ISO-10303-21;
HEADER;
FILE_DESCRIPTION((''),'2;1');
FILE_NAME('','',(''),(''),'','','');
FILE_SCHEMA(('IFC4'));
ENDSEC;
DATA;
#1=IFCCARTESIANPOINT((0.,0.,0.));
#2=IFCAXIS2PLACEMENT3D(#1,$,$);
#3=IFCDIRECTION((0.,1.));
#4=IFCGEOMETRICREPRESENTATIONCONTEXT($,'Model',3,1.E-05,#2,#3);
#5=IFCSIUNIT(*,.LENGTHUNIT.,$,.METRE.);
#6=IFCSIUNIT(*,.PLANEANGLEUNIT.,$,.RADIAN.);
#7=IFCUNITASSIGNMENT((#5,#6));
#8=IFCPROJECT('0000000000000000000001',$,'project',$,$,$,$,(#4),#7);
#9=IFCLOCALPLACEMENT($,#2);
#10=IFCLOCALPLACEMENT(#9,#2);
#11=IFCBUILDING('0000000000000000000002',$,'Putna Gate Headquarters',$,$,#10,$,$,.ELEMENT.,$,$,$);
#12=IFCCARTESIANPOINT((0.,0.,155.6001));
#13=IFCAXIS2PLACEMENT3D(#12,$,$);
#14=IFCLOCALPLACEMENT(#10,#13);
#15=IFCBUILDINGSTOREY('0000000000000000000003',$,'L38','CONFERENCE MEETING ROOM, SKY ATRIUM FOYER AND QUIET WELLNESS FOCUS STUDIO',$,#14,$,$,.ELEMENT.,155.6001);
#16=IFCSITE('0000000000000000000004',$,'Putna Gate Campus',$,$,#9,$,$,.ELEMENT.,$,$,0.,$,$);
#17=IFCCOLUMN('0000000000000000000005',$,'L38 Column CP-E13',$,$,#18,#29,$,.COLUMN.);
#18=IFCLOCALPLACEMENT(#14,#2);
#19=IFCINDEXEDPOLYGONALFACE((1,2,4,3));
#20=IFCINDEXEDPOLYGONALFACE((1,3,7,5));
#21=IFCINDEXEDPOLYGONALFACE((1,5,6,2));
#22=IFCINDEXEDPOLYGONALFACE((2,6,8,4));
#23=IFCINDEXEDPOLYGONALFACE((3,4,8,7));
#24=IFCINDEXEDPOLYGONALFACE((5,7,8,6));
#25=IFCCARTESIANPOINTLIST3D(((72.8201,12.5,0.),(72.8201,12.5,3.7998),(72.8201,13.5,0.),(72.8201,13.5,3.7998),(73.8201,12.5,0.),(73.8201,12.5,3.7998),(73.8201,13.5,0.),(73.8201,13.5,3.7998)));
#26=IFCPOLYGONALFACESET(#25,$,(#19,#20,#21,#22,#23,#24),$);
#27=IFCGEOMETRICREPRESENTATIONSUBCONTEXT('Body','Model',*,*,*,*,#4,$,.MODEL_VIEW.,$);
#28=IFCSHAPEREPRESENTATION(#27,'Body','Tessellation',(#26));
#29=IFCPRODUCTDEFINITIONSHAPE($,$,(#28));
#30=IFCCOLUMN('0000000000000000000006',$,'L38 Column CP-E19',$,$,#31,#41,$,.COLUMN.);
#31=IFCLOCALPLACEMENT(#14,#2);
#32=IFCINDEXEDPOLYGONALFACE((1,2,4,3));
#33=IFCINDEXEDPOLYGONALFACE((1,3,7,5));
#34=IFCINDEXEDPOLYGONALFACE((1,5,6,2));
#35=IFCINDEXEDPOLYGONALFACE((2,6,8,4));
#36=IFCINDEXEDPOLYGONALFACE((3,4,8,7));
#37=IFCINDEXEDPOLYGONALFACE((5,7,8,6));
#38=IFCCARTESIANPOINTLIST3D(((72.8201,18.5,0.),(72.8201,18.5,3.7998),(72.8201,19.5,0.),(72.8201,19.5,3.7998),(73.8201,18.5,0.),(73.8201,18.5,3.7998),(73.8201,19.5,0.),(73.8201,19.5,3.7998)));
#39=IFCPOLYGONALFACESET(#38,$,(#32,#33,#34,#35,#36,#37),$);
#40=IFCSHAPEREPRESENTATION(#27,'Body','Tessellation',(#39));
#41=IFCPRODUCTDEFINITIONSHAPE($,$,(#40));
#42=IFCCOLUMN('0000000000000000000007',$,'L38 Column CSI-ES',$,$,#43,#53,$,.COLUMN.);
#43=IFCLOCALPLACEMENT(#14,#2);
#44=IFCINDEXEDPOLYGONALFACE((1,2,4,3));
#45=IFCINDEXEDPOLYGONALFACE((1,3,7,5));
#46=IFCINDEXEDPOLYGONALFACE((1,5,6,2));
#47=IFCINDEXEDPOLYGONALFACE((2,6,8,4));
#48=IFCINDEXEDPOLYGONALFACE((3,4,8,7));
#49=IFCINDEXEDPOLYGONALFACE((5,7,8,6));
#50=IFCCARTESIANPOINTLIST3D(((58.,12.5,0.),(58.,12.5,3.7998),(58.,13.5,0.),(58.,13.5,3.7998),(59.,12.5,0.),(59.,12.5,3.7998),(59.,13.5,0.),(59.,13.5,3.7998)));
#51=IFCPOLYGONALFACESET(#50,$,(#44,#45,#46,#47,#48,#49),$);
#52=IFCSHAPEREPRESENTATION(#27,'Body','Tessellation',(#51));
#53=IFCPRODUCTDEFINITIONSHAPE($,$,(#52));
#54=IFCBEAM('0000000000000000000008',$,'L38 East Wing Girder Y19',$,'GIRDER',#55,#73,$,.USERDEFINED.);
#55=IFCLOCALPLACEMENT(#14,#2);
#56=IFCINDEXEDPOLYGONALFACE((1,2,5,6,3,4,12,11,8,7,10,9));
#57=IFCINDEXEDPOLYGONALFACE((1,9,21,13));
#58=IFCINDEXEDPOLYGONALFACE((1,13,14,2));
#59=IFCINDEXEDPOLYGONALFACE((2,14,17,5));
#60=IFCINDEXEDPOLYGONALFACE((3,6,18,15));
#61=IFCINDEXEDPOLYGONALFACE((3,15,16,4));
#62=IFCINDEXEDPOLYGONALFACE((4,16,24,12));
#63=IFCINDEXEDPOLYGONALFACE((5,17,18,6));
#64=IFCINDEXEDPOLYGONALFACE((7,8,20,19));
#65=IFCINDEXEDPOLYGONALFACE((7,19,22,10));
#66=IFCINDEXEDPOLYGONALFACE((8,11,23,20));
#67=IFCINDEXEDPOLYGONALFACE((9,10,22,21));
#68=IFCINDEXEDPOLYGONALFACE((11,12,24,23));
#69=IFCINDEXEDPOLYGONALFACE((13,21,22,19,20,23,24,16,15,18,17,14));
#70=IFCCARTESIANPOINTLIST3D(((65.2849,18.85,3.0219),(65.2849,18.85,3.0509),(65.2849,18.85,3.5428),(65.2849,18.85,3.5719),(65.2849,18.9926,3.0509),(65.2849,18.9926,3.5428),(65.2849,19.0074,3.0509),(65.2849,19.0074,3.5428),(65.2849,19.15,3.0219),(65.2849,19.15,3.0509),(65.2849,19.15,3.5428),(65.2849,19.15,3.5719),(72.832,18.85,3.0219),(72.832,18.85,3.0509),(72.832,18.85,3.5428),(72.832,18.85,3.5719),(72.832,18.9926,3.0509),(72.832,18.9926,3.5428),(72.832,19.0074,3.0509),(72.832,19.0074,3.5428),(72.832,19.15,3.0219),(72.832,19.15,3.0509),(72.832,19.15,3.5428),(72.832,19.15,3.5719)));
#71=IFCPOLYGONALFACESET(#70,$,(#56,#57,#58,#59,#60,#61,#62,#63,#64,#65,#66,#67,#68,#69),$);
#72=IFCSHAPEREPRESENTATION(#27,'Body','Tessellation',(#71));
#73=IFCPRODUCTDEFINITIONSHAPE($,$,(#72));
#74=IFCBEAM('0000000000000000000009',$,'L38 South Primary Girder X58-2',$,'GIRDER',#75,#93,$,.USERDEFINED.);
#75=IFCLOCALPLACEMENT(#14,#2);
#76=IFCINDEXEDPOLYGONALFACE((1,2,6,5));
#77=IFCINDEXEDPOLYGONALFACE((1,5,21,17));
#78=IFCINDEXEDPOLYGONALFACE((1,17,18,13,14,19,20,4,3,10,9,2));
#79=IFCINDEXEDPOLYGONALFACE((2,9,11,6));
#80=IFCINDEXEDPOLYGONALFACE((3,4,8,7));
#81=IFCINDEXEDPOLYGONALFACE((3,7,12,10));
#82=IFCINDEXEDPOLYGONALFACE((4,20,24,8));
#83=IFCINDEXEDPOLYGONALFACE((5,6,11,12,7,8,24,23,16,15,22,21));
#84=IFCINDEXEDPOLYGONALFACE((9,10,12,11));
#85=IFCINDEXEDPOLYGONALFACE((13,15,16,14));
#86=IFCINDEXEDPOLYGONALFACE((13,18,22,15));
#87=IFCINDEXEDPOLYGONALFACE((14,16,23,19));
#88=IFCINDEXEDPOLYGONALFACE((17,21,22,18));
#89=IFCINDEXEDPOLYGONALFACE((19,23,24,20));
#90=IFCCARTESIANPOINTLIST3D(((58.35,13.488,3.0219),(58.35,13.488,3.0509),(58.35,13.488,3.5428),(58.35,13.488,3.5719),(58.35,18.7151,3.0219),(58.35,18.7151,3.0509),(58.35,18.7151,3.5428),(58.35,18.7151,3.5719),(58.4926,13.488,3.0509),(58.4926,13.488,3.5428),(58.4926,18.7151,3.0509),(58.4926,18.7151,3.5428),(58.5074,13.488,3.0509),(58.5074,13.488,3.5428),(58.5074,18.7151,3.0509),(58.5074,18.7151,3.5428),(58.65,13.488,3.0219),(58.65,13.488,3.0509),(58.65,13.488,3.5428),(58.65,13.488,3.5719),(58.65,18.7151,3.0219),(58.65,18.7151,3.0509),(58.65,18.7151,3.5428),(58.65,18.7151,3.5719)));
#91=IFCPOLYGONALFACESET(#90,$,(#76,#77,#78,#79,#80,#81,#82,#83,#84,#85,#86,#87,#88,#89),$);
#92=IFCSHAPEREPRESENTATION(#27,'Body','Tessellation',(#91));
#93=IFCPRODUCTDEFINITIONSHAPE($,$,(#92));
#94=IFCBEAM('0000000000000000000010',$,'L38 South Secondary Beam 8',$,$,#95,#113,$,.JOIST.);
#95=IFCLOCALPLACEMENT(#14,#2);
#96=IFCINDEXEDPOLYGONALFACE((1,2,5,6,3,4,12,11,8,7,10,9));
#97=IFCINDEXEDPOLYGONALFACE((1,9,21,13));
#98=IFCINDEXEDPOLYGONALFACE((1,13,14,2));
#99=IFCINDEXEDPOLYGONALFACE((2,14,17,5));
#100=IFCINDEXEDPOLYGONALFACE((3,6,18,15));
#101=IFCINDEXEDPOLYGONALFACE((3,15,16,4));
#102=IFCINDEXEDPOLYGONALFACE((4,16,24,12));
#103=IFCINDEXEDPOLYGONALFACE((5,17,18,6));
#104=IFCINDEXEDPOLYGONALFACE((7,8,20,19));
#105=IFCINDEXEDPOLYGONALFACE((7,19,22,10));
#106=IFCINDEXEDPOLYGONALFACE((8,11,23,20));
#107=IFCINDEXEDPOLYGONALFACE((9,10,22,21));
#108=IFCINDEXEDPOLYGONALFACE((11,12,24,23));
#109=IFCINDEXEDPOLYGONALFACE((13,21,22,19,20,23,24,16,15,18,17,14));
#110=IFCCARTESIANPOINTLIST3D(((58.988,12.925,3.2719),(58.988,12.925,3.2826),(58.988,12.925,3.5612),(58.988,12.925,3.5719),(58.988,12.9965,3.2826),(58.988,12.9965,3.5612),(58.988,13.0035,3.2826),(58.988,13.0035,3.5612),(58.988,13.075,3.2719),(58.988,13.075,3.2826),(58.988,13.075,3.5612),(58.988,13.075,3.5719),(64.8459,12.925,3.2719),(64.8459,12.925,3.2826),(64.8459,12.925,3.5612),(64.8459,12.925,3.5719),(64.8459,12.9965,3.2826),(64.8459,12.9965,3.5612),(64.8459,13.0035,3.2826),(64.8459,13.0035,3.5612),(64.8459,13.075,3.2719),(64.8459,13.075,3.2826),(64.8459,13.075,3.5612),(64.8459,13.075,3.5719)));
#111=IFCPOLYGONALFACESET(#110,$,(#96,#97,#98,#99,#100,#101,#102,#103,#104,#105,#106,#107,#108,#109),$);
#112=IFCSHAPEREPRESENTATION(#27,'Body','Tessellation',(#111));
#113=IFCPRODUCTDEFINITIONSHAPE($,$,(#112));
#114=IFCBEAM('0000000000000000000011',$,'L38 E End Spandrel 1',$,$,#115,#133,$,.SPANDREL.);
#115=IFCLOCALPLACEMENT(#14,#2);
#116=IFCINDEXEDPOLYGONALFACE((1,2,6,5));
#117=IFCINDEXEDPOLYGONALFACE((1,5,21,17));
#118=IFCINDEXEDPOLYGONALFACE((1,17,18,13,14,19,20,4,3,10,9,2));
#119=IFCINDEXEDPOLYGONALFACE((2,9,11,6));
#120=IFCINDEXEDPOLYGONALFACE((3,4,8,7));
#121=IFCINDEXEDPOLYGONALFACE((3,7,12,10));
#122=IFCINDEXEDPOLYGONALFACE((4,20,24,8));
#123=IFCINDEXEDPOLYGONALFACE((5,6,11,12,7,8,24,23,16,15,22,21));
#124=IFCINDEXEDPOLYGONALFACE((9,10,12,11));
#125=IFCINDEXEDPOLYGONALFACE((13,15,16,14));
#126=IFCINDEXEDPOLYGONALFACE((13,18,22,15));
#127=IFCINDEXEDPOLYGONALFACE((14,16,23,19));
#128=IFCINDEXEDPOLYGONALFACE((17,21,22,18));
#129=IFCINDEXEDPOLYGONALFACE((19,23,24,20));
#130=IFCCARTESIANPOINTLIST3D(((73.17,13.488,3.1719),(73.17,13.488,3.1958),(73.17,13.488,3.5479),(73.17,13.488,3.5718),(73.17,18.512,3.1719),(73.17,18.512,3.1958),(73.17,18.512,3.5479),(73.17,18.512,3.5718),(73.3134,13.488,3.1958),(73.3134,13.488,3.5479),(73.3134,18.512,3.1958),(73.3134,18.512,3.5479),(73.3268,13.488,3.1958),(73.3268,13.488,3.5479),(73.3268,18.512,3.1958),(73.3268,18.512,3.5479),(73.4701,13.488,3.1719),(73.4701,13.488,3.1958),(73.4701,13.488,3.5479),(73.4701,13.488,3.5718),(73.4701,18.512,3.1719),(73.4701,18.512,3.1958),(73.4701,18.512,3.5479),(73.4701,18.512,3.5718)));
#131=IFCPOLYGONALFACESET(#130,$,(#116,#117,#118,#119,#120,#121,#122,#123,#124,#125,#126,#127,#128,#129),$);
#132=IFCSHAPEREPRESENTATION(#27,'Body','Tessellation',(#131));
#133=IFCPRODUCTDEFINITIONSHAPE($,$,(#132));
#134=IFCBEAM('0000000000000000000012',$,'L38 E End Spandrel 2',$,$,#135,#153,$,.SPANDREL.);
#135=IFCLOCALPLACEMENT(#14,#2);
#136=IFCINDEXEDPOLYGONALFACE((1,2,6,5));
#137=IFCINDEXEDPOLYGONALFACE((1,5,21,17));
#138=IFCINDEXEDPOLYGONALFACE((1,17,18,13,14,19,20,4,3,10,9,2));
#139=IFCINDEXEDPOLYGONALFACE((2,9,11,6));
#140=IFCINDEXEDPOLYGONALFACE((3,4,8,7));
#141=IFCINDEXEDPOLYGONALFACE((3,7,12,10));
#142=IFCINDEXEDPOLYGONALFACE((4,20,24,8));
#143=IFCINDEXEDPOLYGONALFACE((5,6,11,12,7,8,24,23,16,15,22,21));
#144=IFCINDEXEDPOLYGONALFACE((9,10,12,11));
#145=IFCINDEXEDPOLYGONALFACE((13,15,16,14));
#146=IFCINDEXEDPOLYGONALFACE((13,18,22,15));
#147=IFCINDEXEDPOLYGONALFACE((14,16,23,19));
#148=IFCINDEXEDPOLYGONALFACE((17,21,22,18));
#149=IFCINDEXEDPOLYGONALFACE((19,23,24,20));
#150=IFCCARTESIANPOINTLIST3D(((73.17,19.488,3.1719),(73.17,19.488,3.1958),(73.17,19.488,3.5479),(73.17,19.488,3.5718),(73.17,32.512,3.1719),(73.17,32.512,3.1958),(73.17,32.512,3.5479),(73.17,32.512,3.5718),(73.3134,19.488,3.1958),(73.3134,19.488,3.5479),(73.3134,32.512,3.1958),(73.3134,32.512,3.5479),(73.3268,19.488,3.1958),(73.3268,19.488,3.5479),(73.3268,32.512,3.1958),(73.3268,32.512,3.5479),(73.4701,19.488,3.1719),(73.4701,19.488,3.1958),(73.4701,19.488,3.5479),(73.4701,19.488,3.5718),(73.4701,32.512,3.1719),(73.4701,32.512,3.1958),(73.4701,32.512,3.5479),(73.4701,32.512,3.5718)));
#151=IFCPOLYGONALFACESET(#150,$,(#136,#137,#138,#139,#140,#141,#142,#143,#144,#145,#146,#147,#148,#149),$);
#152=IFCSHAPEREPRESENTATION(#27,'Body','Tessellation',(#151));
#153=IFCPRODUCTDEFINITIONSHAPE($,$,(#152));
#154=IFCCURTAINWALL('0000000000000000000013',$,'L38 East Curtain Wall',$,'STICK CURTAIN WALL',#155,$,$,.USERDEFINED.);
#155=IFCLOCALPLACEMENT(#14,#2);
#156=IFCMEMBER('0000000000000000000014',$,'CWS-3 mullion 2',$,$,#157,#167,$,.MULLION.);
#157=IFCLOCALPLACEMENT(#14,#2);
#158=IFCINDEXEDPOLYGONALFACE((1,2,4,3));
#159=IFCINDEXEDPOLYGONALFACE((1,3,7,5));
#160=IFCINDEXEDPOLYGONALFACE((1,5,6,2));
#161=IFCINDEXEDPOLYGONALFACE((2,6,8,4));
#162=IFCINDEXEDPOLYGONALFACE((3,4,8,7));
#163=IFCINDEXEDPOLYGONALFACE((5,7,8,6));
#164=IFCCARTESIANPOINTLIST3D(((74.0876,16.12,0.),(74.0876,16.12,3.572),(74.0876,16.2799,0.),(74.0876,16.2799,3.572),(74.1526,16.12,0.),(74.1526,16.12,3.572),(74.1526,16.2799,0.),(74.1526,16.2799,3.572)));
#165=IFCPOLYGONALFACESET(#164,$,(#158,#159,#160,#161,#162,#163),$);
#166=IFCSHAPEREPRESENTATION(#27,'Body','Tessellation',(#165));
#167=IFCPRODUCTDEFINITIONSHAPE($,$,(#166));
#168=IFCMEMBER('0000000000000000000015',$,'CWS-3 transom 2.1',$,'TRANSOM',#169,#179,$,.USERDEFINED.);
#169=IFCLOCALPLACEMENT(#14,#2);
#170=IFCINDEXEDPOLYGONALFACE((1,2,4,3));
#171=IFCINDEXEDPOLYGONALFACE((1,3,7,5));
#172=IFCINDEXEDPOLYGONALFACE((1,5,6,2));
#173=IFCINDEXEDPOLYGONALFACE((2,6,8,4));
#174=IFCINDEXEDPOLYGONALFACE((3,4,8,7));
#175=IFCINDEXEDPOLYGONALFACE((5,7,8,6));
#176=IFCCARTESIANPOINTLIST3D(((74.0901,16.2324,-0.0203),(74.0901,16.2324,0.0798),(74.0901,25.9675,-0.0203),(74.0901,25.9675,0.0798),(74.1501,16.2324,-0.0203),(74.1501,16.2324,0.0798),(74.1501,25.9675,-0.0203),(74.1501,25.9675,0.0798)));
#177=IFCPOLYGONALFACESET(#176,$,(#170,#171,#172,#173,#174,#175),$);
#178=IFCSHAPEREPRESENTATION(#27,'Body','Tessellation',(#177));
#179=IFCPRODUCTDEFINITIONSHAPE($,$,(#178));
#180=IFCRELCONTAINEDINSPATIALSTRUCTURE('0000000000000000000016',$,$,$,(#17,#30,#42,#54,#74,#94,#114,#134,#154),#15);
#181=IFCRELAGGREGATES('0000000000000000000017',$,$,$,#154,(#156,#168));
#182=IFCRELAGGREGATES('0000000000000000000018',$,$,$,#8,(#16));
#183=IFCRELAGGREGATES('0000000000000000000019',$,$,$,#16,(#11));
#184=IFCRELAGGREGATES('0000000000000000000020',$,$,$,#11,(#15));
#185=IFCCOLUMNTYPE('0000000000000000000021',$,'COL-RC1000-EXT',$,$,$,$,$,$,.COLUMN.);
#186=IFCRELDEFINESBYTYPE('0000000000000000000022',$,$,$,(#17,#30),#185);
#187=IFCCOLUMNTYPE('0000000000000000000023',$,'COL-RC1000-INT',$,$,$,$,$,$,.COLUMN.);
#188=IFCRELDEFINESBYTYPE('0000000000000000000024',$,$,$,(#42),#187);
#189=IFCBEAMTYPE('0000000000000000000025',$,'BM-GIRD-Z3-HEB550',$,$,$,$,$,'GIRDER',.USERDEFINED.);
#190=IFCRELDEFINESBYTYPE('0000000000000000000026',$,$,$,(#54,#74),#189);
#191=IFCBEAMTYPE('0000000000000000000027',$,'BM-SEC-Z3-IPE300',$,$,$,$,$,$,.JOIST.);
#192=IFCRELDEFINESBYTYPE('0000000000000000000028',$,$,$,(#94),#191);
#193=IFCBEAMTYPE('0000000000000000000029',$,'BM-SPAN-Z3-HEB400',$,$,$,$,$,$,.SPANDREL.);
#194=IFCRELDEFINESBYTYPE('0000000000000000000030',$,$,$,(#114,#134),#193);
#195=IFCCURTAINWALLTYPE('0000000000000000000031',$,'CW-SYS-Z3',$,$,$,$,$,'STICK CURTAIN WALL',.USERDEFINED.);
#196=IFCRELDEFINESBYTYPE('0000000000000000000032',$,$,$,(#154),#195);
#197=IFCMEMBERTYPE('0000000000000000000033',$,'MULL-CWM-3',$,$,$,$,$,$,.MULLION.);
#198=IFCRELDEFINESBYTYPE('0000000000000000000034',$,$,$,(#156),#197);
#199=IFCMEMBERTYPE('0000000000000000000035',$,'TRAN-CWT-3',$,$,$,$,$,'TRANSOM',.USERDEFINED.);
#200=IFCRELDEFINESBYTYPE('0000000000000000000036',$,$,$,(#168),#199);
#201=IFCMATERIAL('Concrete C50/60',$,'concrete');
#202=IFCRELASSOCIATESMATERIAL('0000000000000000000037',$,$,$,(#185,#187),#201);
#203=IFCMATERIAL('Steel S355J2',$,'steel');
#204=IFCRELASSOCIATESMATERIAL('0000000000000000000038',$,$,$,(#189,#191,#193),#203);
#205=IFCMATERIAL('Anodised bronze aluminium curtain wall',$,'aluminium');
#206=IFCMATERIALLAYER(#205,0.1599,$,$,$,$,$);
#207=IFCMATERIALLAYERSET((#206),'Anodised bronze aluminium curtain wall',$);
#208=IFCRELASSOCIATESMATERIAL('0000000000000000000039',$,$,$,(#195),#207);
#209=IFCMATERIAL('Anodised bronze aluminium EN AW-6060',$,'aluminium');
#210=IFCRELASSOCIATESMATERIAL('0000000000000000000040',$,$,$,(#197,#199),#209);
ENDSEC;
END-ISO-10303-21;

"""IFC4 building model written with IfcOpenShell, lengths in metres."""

from ifc_helpers import new_model, si_unit, direction, frame, origin, origin_2d, place, context, subcontext, project, spatial, rectangle, i_section, extrude, material, layer, layer_set, material_profile, profile_set, type_object, element, aggregate, save


model = new_model("IFC4")

# Units and contexts
model_context = context("Model", 3, precision=1e-05, world=origin(), true_north=direction((0.0, 1.0)))
body_context = subcontext(model_context, "Body", "Model", "MODEL_VIEW")
ifc_project = project(units=[si_unit("LENGTHUNIT", "METRE"), si_unit("PLANEANGLEUNIT", "RADIAN")], contexts=[model_context])

# Site, building, storey
site_placement = place(None, origin())
site = spatial("IfcSite", under=ifc_project, at=site_placement, Name="Putna Gate Campus", CompositionType="ELEMENT", RefElevation=0.0)
building_placement = place(site_placement, origin())
building = spatial("IfcBuilding", under=site, at=building_placement, Name="Putna Gate Headquarters", CompositionType="ELEMENT")
storey_placement = place(building_placement, frame((0.0, 0.0, 155.6001)))
storey = spatial("IfcBuildingStorey", under=building, at=storey_placement, Name="L38", Description="CONFERENCE MEETING ROOM, SKY ATRIUM FOYER AND QUIET WELLNESS FOCUS STUDIO", CompositionType="ELEMENT", Elevation=155.6001)

# Columns
ifc_material_1 = material(Name="Concrete C50/60", Category="concrete")
ifc_material_profile_1 = material_profile(ifc_material_1, rectangle(XDim=1.0, YDim=1.0, at=origin_2d()), Name="Concrete C50/60")
ifc_profile_set_1 = profile_set([ifc_material_profile_1], Name="Concrete C50/60")
column_type_1 = type_object("IfcColumnType", Name="COL-RC1000-EXT", PredefinedType="COLUMN", material=ifc_profile_set_1)
for number, where, z_axis, x_axis, name in (
    (1, (73.3201, 13.0, 0.0), (0.0, 0.0, 1.0), (1.0, 0.0, 0.0), "L38 Column CP-E13"),
    (2, (73.3201, 19.0, 0.0), (0.0, 0.0, 1.0), (1.0, 0.0, 0.0), "L38 Column CP-E19"),
):
    element("IfcColumn", number, at=place(storey_placement, frame(where, z_axis=z_axis, x_axis=x_axis)), inside=storey, type_object=column_type_1, Name=name, PredefinedType="COLUMN", context=body_context, shape_type="SweptSolid", body=[
        extrude(rectangle(XDim=1.0, YDim=1.0, at=origin_2d()), origin(), (0.0, 0.0, 1.0), 3.7998),
    ])
ifc_material_profile_2 = material_profile(ifc_material_1, rectangle(XDim=1.0, YDim=1.0, at=origin_2d()), Name="Concrete C50/60")
ifc_profile_set_2 = profile_set([ifc_material_profile_2], Name="Concrete C50/60")
column_type_2 = type_object("IfcColumnType", Name="COL-RC1000-INT", PredefinedType="COLUMN", material=ifc_profile_set_2)
column_placement = place(storey_placement, frame((58.5, 13.0, 0.0), z_axis=(0.0, 0.0, 1.0), x_axis=(1.0, 0.0, 0.0)))
element("IfcColumn", 3, at=column_placement, inside=storey, type_object=column_type_2, Name="L38 Column CSI-ES", PredefinedType="COLUMN", context=body_context, shape_type="SweptSolid", body=[
    extrude(rectangle(XDim=1.0, YDim=1.0, at=origin_2d()), origin(), (0.0, 0.0, 1.0), 3.7998),
])

# Beams
ifc_material_2 = material(Name="Steel S355J2", Category="steel")
ifc_material_profile_3 = material_profile(ifc_material_2, i_section(OverallWidth=0.3, OverallDepth=0.55, WebThickness=0.0149, FlangeThickness=0.0291, at=origin_2d()), Name="Steel S355J2")
ifc_profile_set_3 = profile_set([ifc_material_profile_3], Name="Steel S355J2")
beam_type_1 = type_object("IfcBeamType", Name="BM-GIRD-Z3-HEB550", ElementType="GIRDER", PredefinedType="USERDEFINED", material=ifc_profile_set_3)
beam_1_placement = place(storey_placement, frame((65.2849, 19.0, 3.2969), z_axis=(1.0, 0.0, 0.0), x_axis=(0.0, 1.0, 0.0)))
element("IfcBeam", 4, at=beam_1_placement, inside=storey, type_object=beam_type_1, Name="L38 East Wing Girder Y19", ObjectType="GIRDER", PredefinedType="USERDEFINED", context=body_context, shape_type="SweptSolid", body=[
    extrude(i_section(OverallWidth=0.3, OverallDepth=0.55, WebThickness=0.0149, FlangeThickness=0.0291, at=origin_2d()), origin(), (0.0, 0.0, 1.0), 7.5471),
])
beam_2_placement = place(storey_placement, frame((58.5, 13.488, 3.2969), z_axis=(0.0, 1.0, 0.0), x_axis=(-1.0, 0.0, 0.0)))
element("IfcBeam", 5, at=beam_2_placement, inside=storey, type_object=beam_type_1, Name="L38 South Primary Girder X58-2", ObjectType="GIRDER", PredefinedType="USERDEFINED", context=body_context, shape_type="SweptSolid", body=[
    extrude(i_section(OverallWidth=0.3, OverallDepth=0.55, WebThickness=0.0149, FlangeThickness=0.0291, at=origin_2d()), origin(), (0.0, 0.0, 1.0), 5.2271),
])
ifc_material_profile_4 = material_profile(ifc_material_2, i_section(OverallWidth=0.1499, OverallDepth=0.3, WebThickness=0.0071, FlangeThickness=0.0107, at=origin_2d()), Name="Steel S355J2")
ifc_profile_set_4 = profile_set([ifc_material_profile_4], Name="Steel S355J2")
beam_type_2 = type_object("IfcBeamType", Name="BM-SEC-Z3-IPE300", PredefinedType="JOIST", material=ifc_profile_set_4)
beam_3_placement = place(storey_placement, frame((58.988, 13.0, 3.4219), z_axis=(1.0, 0.0, 0.0), x_axis=(0.0, 1.0, 0.0)))
element("IfcBeam", 6, at=beam_3_placement, inside=storey, type_object=beam_type_2, Name="L38 South Secondary Beam 8", PredefinedType="JOIST", context=body_context, shape_type="SweptSolid", body=[
    extrude(i_section(OverallWidth=0.1499, OverallDepth=0.3, WebThickness=0.0071, FlangeThickness=0.0107, at=origin_2d()), origin(), (0.0, 0.0, 1.0), 5.8579),
])
ifc_material_profile_5 = material_profile(ifc_material_2, i_section(OverallWidth=0.3, OverallDepth=0.3999, WebThickness=0.0134, FlangeThickness=0.0239, at=origin_2d()), Name="Steel S355J2")
ifc_profile_set_5 = profile_set([ifc_material_profile_5], Name="Steel S355J2")
beam_type_3 = type_object("IfcBeamType", Name="BM-SPAN-Z3-HEB400", PredefinedType="SPANDREL", material=ifc_profile_set_5)
beam_4_placement = place(storey_placement, frame((73.3201, 13.488, 3.3718), z_axis=(0.0, 1.0, 0.0), x_axis=(-1.0, 0.0, 0.0)))
element("IfcBeam", 7, at=beam_4_placement, inside=storey, type_object=beam_type_3, Name="L38 E End Spandrel 1", PredefinedType="SPANDREL", context=body_context, shape_type="SweptSolid", body=[
    extrude(i_section(OverallWidth=0.3, OverallDepth=0.3999, WebThickness=0.0134, FlangeThickness=0.0239, at=origin_2d()), origin(), (0.0, 0.0, 1.0), 5.0239),
])
beam_5_placement = place(storey_placement, frame((73.3201, 19.488, 3.3718), z_axis=(0.0, 1.0, 0.0), x_axis=(-1.0, 0.0, 0.0)))
element("IfcBeam", 8, at=beam_5_placement, inside=storey, type_object=beam_type_3, Name="L38 E End Spandrel 2", PredefinedType="SPANDREL", context=body_context, shape_type="SweptSolid", body=[
    extrude(i_section(OverallWidth=0.3, OverallDepth=0.3999, WebThickness=0.0134, FlangeThickness=0.0239, at=origin_2d()), origin(), (0.0, 0.0, 1.0), 13.0239),
])

# Curtain wall, members
ifc_material_3 = material(Name="Anodised bronze aluminium curtain wall", Category="aluminium")
ifc_layer_1 = layer(ifc_material_3, 0.1599)
ifc_layer_set_1 = layer_set([ifc_layer_1], Name="Anodised bronze aluminium curtain wall")
curtain_wall_type = type_object("IfcCurtainWallType", Name="CW-SYS-Z3", ElementType="STICK CURTAIN WALL", PredefinedType="USERDEFINED", material=ifc_layer_set_1)
curtain_wall_placement = place(storey_placement, origin())
curtain_wall = element("IfcCurtainWall", 9, at=curtain_wall_placement, inside=storey, type_object=curtain_wall_type, Name="L38 East Curtain Wall", ObjectType="STICK CURTAIN WALL", PredefinedType="USERDEFINED")
ifc_material_4 = material(Name="Anodised bronze aluminium EN AW-6060", Category="aluminium")
ifc_material_profile_6 = material_profile(ifc_material_4, rectangle(XDim=0.0649, YDim=0.1599, at=origin_2d()), Name="Anodised bronze aluminium EN AW-6060")
ifc_profile_set_6 = profile_set([ifc_material_profile_6], Name="Anodised bronze aluminium EN AW-6060")
member_type_1 = type_object("IfcMemberType", Name="MULL-CWM-3", PredefinedType="MULLION", material=ifc_profile_set_6)
member_1_placement = place(storey_placement, frame((74.1201, 16.2, 0.0), z_axis=(0.0, 0.0, 1.0), x_axis=(-1.0, 0.0, 0.0)))
member_1 = element("IfcMember", 10, at=member_1_placement, type_object=member_type_1, Name="CWS-3 mullion 2", PredefinedType="MULLION", context=body_context, shape_type="SweptSolid", body=[
    extrude(rectangle(XDim=0.0649, YDim=0.1599, at=origin_2d()), origin(), (0.0, 0.0, 1.0), 3.572),
])
ifc_material_profile_7 = material_profile(ifc_material_4, rectangle(XDim=0.0601, YDim=0.1001, at=origin_2d()), Name="Anodised bronze aluminium EN AW-6060")
ifc_profile_set_7 = profile_set([ifc_material_profile_7], Name="Anodised bronze aluminium EN AW-6060")
member_type_2 = type_object("IfcMemberType", Name="TRAN-CWT-3", ElementType="TRANSOM", PredefinedType="USERDEFINED", material=ifc_profile_set_7)
member_2_placement = place(storey_placement, frame((74.1201, 16.2324, 0.0298), z_axis=(0.0, 1.0, 0.0), x_axis=(-1.0, 0.0, 0.0)))
member_2 = element("IfcMember", 11, at=member_2_placement, type_object=member_type_2, Name="CWS-3 transom 2.1", ObjectType="TRANSOM", PredefinedType="USERDEFINED", context=body_context, shape_type="SweptSolid", body=[
    extrude(rectangle(XDim=0.0601, YDim=0.1001, at=origin_2d()), origin(), (0.0, 0.0, 1.0), 9.7351),
])
aggregate(curtain_wall, [member_1, member_2])

save(model, "model.ifc")
